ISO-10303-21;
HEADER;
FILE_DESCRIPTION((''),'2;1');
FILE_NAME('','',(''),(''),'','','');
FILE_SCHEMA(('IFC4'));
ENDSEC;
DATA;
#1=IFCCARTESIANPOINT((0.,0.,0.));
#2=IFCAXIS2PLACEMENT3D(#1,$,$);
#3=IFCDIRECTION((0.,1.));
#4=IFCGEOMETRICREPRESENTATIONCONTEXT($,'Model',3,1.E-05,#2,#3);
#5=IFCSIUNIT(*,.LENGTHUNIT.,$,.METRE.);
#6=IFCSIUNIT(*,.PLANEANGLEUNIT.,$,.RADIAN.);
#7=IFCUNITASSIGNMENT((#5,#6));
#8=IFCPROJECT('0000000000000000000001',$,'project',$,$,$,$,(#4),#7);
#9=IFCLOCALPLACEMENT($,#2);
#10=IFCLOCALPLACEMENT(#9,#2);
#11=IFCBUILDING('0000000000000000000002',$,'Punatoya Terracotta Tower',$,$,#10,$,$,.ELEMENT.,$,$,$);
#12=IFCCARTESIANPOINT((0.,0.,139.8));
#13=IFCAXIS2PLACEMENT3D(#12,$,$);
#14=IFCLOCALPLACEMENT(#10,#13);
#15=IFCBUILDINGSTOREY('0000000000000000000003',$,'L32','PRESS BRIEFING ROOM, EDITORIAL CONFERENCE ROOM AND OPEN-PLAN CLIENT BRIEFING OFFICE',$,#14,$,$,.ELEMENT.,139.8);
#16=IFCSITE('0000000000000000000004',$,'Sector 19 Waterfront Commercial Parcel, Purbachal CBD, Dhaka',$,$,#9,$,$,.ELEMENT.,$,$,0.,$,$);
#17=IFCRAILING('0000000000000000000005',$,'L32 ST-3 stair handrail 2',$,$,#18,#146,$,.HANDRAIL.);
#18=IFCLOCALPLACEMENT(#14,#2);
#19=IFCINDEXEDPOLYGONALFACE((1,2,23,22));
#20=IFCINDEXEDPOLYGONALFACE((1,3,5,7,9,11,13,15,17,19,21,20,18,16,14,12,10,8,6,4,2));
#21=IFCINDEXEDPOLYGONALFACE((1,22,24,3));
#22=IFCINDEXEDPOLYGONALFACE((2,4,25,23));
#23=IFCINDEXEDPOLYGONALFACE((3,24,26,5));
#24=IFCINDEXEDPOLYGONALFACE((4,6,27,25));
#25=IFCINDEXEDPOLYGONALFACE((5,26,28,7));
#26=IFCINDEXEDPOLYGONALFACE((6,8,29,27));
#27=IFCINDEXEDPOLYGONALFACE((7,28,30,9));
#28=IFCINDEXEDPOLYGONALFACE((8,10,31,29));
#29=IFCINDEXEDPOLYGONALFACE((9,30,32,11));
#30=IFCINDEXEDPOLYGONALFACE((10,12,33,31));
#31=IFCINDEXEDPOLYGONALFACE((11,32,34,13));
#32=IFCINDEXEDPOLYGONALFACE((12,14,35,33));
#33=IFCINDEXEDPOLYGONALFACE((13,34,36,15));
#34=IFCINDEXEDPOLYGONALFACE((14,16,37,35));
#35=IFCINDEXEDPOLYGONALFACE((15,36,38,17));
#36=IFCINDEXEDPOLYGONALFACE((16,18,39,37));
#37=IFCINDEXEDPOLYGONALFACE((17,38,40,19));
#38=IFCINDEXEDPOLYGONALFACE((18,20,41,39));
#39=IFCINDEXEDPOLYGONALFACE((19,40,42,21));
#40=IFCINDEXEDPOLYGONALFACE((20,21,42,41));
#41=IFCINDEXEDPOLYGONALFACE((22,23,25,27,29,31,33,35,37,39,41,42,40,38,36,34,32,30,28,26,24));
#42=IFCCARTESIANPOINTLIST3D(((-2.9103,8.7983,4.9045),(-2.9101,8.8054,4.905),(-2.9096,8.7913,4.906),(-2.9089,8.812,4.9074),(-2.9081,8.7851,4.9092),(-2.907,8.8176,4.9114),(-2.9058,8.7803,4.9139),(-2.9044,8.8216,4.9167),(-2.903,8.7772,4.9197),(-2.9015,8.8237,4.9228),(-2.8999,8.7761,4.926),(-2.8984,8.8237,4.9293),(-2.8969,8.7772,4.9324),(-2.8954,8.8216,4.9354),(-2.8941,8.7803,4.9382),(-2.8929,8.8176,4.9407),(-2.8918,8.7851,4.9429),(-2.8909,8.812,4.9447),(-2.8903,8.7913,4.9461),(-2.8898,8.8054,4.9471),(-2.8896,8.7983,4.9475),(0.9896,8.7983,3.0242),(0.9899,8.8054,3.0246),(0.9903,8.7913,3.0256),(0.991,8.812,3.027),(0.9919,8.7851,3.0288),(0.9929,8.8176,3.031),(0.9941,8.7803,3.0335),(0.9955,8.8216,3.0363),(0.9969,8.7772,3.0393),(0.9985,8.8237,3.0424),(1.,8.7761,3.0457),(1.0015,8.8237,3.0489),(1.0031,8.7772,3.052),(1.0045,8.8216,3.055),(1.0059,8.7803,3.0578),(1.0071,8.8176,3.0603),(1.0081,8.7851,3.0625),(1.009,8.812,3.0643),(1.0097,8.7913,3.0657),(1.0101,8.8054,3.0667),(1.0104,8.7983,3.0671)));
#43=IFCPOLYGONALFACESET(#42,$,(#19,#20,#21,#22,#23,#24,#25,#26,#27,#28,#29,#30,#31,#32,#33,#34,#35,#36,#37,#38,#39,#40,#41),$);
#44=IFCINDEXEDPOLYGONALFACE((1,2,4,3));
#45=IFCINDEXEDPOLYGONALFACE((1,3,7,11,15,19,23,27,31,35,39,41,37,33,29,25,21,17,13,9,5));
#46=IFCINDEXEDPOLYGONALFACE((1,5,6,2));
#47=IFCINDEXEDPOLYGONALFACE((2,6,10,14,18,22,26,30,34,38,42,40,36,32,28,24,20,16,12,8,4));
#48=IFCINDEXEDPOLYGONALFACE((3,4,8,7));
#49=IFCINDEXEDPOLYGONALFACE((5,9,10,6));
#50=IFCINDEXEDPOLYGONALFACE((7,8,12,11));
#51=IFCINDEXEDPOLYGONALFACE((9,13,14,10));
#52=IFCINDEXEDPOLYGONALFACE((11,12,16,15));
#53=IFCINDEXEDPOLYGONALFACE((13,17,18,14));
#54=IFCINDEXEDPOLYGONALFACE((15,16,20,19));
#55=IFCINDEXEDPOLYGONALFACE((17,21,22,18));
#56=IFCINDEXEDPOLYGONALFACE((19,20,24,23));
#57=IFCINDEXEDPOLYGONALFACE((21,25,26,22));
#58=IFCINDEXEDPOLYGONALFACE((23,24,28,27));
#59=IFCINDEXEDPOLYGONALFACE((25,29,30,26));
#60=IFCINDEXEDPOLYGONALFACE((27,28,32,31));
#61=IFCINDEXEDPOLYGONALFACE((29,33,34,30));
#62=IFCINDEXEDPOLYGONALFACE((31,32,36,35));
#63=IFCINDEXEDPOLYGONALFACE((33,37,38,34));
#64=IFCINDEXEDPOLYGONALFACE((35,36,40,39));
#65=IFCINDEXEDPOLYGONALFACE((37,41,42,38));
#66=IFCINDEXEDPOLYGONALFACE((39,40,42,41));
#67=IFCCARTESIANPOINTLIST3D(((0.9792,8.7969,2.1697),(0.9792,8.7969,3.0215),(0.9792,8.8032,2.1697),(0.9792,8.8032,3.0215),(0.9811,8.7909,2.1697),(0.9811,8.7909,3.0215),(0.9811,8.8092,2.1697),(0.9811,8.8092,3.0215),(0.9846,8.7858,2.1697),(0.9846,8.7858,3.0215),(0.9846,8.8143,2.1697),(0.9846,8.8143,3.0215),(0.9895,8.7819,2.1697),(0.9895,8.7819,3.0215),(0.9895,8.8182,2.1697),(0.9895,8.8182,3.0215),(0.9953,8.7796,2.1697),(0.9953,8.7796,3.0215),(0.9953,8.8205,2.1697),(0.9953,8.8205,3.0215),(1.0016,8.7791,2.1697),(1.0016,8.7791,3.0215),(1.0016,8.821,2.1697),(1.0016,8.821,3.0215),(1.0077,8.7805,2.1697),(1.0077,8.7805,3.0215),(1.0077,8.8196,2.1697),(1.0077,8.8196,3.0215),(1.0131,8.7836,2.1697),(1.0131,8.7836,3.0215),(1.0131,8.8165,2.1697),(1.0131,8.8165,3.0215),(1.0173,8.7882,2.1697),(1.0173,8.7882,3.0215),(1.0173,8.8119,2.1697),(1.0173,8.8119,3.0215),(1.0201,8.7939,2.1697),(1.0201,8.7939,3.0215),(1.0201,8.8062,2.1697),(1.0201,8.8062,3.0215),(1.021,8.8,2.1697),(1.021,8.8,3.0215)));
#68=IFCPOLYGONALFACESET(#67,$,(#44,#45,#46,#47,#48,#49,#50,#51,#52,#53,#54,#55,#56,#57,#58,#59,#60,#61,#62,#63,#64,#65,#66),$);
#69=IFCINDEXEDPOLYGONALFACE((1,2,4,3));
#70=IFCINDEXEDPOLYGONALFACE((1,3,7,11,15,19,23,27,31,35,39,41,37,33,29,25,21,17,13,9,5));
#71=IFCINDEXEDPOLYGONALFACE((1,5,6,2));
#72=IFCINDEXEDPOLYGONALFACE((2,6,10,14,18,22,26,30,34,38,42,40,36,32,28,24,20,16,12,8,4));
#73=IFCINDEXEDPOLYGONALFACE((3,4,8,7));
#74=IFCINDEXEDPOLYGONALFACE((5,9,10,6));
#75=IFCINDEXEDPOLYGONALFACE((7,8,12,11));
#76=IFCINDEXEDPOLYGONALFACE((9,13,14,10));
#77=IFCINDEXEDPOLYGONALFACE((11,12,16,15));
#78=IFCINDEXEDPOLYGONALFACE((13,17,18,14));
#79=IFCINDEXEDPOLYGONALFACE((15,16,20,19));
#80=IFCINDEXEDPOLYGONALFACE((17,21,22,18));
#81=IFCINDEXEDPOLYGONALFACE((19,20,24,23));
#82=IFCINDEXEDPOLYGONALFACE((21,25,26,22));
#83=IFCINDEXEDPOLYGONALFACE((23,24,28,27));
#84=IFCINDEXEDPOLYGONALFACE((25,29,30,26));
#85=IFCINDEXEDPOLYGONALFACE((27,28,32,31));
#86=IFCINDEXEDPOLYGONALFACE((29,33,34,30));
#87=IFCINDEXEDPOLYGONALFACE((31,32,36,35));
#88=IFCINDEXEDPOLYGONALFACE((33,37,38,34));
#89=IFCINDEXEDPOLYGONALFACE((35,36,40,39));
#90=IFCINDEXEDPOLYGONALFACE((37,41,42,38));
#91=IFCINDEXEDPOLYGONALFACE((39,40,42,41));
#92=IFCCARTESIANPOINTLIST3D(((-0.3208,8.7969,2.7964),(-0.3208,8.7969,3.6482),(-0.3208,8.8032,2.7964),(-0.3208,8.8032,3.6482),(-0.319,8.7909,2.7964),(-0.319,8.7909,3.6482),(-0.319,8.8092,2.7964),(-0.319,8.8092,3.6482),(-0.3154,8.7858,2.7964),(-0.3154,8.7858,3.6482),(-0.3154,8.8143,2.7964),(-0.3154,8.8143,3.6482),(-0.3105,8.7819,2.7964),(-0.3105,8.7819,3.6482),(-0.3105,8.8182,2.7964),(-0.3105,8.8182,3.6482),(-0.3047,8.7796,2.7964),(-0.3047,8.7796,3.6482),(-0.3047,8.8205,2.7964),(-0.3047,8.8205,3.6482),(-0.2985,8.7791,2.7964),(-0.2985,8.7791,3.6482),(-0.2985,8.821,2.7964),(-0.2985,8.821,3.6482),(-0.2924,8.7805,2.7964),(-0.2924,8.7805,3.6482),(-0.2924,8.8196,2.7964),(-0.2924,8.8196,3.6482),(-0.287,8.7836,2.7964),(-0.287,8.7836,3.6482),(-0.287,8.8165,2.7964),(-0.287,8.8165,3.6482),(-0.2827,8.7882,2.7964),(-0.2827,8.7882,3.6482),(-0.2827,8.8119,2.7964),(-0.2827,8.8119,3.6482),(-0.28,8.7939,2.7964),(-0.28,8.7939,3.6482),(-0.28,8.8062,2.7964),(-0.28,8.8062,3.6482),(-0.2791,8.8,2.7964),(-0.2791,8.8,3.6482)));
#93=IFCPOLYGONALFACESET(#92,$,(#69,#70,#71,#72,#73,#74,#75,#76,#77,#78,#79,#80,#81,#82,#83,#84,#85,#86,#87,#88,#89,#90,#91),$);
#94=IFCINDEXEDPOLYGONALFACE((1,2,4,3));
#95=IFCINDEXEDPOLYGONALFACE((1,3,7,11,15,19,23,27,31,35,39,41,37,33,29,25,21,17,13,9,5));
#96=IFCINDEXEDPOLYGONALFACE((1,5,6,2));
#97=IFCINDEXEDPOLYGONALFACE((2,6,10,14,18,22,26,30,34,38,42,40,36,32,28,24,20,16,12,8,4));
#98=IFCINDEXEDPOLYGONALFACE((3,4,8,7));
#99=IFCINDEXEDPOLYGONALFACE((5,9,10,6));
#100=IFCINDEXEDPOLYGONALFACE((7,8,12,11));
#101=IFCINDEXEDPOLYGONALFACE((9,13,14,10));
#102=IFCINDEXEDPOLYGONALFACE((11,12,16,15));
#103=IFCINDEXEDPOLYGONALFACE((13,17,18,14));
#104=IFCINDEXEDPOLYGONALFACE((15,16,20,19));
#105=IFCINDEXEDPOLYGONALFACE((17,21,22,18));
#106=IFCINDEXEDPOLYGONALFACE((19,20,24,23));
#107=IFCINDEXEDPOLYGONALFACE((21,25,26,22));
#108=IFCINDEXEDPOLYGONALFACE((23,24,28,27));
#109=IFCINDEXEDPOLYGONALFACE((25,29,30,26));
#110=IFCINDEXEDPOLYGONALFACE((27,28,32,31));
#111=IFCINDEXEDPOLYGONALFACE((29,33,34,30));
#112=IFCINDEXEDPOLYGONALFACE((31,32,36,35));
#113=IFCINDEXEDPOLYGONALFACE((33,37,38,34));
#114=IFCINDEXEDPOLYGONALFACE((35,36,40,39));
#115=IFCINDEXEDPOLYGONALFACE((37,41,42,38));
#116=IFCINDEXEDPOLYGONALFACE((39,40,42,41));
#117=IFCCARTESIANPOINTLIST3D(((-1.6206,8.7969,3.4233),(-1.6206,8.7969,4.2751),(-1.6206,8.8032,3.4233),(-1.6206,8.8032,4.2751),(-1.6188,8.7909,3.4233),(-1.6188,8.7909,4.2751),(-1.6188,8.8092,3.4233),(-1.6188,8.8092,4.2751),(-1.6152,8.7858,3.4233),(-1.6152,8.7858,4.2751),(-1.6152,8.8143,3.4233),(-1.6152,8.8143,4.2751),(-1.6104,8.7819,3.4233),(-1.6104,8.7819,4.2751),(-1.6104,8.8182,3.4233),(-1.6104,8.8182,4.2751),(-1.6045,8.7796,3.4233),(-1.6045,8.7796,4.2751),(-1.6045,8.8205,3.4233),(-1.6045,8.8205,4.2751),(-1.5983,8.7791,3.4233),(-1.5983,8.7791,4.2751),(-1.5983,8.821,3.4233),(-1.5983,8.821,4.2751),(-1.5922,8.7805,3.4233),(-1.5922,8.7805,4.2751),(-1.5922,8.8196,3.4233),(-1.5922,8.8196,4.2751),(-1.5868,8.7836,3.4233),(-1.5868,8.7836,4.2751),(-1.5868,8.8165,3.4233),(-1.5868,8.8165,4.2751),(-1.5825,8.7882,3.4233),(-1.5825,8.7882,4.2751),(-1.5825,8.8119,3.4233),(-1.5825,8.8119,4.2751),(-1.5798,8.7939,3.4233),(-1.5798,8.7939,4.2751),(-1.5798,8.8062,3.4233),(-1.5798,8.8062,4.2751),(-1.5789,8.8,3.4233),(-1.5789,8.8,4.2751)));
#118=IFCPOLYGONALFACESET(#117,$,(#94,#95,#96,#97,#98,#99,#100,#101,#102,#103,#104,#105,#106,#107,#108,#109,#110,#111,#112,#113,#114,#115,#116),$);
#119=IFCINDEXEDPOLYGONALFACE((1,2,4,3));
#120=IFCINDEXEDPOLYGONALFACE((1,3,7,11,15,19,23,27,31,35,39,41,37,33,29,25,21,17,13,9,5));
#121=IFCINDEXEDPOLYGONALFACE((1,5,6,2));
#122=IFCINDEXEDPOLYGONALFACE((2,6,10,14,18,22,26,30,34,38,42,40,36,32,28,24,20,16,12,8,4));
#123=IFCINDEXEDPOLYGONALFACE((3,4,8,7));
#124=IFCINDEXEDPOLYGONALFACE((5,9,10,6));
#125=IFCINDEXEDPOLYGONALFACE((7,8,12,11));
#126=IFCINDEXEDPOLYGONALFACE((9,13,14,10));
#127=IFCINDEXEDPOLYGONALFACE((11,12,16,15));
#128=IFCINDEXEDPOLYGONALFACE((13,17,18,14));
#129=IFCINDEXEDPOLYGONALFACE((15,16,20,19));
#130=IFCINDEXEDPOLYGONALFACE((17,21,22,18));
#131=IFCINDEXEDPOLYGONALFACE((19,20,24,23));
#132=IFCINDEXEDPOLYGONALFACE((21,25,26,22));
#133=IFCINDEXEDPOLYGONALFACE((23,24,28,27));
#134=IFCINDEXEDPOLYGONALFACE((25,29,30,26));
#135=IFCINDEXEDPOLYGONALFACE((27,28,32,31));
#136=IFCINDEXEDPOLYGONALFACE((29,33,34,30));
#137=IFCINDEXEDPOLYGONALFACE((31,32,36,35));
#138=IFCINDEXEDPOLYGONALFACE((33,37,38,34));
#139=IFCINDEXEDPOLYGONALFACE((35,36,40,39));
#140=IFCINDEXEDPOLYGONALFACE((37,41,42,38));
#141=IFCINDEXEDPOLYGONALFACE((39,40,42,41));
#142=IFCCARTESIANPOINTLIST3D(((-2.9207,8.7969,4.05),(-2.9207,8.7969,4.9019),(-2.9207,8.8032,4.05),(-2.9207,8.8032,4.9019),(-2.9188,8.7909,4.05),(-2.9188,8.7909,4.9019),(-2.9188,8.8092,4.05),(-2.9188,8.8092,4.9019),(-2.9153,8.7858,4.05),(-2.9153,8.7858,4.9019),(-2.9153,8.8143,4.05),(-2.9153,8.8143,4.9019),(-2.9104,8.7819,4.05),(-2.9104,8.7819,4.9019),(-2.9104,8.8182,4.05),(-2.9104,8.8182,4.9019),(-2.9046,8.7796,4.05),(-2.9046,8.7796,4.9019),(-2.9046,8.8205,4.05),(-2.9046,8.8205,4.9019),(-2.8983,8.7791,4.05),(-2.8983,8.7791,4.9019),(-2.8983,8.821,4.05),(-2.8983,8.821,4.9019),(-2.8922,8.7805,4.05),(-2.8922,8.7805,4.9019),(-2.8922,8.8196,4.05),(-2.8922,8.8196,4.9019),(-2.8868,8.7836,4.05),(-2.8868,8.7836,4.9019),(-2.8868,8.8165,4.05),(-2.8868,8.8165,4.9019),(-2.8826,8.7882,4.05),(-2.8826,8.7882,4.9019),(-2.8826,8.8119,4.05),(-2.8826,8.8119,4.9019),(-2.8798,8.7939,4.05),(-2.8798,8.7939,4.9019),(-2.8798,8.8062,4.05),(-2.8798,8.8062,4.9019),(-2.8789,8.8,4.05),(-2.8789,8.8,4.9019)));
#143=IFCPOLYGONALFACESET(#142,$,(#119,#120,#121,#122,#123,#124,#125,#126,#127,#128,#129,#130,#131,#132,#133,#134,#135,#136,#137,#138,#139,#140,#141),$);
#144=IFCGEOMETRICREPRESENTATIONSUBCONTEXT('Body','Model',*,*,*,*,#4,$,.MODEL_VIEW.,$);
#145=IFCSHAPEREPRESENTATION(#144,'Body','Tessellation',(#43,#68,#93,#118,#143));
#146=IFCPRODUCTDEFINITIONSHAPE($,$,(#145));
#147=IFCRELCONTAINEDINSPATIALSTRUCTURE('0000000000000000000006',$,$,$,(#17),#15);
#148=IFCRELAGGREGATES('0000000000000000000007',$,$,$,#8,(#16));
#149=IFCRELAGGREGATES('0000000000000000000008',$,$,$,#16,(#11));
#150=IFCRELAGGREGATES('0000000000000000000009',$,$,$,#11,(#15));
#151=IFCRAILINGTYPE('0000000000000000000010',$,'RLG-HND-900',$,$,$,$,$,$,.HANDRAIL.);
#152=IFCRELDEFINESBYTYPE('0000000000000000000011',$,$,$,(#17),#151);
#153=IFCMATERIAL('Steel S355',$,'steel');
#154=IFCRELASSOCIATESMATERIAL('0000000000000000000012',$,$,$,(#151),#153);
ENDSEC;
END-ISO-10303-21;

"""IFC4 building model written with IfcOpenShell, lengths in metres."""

from ifc_helpers import new_model, si_unit, direction, frame, origin, origin_2d, place, context, subcontext, project, spatial, circle, extrude, material, type_object, element, save


model = new_model("IFC4")

# Units and contexts
model_context = context("Model", 3, precision=1e-05, world=origin(), true_north=direction((0.0, 1.0)))
body_context = subcontext(model_context, "Body", "Model", "MODEL_VIEW")
ifc_project = project(units=[si_unit("LENGTHUNIT", "METRE"), si_unit("PLANEANGLEUNIT", "RADIAN")], contexts=[model_context])

# Site, building, storey
site_placement = place(None, origin())
site = spatial("IfcSite", under=ifc_project, at=site_placement, Name="Sector 19 Waterfront Commercial Parcel, Purbachal CBD, Dhaka", CompositionType="ELEMENT", RefElevation=0.0)
building_placement = place(site_placement, origin())
building = spatial("IfcBuilding", under=site, at=building_placement, Name="Punatoya Terracotta Tower", CompositionType="ELEMENT")
storey_placement = place(building_placement, frame((0.0, 0.0, 139.8)))
storey = spatial("IfcBuildingStorey", under=building, at=storey_placement, Name="L32", Description="PRESS BRIEFING ROOM, EDITORIAL CONFERENCE ROOM AND OPEN-PLAN CLIENT BRIEFING OFFICE", CompositionType="ELEMENT", Elevation=139.8)

# Shared definitions
ifc_material_1 = material(Name="Steel S355", Category="steel")

# Railing
railing_type_1 = type_object("IfcRailingType", Name="RLG-HND-900", PredefinedType="HANDRAIL", material=ifc_material_1)
railing_1_placement = place(storey_placement, frame((1.0, 8.8, 2.1697)))
element("IfcRailing", 1, at=railing_1_placement, inside=storey, type_object=railing_type_1, Name="L32 ST-3 stair handrail 2", PredefinedType="HANDRAIL", context=body_context, shape_type="SweptSolid", body=[
    extrude(circle(Radius=0.0239, at=origin_2d()), frame((0.0, 0.0, 0.876), z_axis=(-0.900763, 0.0, 0.434311), x_axis=(0.0, -1.0, 0.0)), (0.0, 0.0, 1.0), 4.3296),
    extrude(circle(Radius=0.021, at=origin_2d()), origin(), (0.0, 0.0, 1.0), 0.8518),
    extrude(circle(Radius=0.021, at=origin_2d()), frame((-1.3, 0.0, 0.6267)), (0.0, 0.0, 1.0), 0.8518),
    extrude(circle(Radius=0.021, at=origin_2d()), frame((-2.5999, 0.0, 1.2537)), (0.0, 0.0, 1.0), 0.8518),
    extrude(circle(Radius=0.021, at=origin_2d()), frame((-3.8999, 0.0, 1.8804)), (0.0, 0.0, 1.0), 0.8518),
])

save(model, "model.ifc")
